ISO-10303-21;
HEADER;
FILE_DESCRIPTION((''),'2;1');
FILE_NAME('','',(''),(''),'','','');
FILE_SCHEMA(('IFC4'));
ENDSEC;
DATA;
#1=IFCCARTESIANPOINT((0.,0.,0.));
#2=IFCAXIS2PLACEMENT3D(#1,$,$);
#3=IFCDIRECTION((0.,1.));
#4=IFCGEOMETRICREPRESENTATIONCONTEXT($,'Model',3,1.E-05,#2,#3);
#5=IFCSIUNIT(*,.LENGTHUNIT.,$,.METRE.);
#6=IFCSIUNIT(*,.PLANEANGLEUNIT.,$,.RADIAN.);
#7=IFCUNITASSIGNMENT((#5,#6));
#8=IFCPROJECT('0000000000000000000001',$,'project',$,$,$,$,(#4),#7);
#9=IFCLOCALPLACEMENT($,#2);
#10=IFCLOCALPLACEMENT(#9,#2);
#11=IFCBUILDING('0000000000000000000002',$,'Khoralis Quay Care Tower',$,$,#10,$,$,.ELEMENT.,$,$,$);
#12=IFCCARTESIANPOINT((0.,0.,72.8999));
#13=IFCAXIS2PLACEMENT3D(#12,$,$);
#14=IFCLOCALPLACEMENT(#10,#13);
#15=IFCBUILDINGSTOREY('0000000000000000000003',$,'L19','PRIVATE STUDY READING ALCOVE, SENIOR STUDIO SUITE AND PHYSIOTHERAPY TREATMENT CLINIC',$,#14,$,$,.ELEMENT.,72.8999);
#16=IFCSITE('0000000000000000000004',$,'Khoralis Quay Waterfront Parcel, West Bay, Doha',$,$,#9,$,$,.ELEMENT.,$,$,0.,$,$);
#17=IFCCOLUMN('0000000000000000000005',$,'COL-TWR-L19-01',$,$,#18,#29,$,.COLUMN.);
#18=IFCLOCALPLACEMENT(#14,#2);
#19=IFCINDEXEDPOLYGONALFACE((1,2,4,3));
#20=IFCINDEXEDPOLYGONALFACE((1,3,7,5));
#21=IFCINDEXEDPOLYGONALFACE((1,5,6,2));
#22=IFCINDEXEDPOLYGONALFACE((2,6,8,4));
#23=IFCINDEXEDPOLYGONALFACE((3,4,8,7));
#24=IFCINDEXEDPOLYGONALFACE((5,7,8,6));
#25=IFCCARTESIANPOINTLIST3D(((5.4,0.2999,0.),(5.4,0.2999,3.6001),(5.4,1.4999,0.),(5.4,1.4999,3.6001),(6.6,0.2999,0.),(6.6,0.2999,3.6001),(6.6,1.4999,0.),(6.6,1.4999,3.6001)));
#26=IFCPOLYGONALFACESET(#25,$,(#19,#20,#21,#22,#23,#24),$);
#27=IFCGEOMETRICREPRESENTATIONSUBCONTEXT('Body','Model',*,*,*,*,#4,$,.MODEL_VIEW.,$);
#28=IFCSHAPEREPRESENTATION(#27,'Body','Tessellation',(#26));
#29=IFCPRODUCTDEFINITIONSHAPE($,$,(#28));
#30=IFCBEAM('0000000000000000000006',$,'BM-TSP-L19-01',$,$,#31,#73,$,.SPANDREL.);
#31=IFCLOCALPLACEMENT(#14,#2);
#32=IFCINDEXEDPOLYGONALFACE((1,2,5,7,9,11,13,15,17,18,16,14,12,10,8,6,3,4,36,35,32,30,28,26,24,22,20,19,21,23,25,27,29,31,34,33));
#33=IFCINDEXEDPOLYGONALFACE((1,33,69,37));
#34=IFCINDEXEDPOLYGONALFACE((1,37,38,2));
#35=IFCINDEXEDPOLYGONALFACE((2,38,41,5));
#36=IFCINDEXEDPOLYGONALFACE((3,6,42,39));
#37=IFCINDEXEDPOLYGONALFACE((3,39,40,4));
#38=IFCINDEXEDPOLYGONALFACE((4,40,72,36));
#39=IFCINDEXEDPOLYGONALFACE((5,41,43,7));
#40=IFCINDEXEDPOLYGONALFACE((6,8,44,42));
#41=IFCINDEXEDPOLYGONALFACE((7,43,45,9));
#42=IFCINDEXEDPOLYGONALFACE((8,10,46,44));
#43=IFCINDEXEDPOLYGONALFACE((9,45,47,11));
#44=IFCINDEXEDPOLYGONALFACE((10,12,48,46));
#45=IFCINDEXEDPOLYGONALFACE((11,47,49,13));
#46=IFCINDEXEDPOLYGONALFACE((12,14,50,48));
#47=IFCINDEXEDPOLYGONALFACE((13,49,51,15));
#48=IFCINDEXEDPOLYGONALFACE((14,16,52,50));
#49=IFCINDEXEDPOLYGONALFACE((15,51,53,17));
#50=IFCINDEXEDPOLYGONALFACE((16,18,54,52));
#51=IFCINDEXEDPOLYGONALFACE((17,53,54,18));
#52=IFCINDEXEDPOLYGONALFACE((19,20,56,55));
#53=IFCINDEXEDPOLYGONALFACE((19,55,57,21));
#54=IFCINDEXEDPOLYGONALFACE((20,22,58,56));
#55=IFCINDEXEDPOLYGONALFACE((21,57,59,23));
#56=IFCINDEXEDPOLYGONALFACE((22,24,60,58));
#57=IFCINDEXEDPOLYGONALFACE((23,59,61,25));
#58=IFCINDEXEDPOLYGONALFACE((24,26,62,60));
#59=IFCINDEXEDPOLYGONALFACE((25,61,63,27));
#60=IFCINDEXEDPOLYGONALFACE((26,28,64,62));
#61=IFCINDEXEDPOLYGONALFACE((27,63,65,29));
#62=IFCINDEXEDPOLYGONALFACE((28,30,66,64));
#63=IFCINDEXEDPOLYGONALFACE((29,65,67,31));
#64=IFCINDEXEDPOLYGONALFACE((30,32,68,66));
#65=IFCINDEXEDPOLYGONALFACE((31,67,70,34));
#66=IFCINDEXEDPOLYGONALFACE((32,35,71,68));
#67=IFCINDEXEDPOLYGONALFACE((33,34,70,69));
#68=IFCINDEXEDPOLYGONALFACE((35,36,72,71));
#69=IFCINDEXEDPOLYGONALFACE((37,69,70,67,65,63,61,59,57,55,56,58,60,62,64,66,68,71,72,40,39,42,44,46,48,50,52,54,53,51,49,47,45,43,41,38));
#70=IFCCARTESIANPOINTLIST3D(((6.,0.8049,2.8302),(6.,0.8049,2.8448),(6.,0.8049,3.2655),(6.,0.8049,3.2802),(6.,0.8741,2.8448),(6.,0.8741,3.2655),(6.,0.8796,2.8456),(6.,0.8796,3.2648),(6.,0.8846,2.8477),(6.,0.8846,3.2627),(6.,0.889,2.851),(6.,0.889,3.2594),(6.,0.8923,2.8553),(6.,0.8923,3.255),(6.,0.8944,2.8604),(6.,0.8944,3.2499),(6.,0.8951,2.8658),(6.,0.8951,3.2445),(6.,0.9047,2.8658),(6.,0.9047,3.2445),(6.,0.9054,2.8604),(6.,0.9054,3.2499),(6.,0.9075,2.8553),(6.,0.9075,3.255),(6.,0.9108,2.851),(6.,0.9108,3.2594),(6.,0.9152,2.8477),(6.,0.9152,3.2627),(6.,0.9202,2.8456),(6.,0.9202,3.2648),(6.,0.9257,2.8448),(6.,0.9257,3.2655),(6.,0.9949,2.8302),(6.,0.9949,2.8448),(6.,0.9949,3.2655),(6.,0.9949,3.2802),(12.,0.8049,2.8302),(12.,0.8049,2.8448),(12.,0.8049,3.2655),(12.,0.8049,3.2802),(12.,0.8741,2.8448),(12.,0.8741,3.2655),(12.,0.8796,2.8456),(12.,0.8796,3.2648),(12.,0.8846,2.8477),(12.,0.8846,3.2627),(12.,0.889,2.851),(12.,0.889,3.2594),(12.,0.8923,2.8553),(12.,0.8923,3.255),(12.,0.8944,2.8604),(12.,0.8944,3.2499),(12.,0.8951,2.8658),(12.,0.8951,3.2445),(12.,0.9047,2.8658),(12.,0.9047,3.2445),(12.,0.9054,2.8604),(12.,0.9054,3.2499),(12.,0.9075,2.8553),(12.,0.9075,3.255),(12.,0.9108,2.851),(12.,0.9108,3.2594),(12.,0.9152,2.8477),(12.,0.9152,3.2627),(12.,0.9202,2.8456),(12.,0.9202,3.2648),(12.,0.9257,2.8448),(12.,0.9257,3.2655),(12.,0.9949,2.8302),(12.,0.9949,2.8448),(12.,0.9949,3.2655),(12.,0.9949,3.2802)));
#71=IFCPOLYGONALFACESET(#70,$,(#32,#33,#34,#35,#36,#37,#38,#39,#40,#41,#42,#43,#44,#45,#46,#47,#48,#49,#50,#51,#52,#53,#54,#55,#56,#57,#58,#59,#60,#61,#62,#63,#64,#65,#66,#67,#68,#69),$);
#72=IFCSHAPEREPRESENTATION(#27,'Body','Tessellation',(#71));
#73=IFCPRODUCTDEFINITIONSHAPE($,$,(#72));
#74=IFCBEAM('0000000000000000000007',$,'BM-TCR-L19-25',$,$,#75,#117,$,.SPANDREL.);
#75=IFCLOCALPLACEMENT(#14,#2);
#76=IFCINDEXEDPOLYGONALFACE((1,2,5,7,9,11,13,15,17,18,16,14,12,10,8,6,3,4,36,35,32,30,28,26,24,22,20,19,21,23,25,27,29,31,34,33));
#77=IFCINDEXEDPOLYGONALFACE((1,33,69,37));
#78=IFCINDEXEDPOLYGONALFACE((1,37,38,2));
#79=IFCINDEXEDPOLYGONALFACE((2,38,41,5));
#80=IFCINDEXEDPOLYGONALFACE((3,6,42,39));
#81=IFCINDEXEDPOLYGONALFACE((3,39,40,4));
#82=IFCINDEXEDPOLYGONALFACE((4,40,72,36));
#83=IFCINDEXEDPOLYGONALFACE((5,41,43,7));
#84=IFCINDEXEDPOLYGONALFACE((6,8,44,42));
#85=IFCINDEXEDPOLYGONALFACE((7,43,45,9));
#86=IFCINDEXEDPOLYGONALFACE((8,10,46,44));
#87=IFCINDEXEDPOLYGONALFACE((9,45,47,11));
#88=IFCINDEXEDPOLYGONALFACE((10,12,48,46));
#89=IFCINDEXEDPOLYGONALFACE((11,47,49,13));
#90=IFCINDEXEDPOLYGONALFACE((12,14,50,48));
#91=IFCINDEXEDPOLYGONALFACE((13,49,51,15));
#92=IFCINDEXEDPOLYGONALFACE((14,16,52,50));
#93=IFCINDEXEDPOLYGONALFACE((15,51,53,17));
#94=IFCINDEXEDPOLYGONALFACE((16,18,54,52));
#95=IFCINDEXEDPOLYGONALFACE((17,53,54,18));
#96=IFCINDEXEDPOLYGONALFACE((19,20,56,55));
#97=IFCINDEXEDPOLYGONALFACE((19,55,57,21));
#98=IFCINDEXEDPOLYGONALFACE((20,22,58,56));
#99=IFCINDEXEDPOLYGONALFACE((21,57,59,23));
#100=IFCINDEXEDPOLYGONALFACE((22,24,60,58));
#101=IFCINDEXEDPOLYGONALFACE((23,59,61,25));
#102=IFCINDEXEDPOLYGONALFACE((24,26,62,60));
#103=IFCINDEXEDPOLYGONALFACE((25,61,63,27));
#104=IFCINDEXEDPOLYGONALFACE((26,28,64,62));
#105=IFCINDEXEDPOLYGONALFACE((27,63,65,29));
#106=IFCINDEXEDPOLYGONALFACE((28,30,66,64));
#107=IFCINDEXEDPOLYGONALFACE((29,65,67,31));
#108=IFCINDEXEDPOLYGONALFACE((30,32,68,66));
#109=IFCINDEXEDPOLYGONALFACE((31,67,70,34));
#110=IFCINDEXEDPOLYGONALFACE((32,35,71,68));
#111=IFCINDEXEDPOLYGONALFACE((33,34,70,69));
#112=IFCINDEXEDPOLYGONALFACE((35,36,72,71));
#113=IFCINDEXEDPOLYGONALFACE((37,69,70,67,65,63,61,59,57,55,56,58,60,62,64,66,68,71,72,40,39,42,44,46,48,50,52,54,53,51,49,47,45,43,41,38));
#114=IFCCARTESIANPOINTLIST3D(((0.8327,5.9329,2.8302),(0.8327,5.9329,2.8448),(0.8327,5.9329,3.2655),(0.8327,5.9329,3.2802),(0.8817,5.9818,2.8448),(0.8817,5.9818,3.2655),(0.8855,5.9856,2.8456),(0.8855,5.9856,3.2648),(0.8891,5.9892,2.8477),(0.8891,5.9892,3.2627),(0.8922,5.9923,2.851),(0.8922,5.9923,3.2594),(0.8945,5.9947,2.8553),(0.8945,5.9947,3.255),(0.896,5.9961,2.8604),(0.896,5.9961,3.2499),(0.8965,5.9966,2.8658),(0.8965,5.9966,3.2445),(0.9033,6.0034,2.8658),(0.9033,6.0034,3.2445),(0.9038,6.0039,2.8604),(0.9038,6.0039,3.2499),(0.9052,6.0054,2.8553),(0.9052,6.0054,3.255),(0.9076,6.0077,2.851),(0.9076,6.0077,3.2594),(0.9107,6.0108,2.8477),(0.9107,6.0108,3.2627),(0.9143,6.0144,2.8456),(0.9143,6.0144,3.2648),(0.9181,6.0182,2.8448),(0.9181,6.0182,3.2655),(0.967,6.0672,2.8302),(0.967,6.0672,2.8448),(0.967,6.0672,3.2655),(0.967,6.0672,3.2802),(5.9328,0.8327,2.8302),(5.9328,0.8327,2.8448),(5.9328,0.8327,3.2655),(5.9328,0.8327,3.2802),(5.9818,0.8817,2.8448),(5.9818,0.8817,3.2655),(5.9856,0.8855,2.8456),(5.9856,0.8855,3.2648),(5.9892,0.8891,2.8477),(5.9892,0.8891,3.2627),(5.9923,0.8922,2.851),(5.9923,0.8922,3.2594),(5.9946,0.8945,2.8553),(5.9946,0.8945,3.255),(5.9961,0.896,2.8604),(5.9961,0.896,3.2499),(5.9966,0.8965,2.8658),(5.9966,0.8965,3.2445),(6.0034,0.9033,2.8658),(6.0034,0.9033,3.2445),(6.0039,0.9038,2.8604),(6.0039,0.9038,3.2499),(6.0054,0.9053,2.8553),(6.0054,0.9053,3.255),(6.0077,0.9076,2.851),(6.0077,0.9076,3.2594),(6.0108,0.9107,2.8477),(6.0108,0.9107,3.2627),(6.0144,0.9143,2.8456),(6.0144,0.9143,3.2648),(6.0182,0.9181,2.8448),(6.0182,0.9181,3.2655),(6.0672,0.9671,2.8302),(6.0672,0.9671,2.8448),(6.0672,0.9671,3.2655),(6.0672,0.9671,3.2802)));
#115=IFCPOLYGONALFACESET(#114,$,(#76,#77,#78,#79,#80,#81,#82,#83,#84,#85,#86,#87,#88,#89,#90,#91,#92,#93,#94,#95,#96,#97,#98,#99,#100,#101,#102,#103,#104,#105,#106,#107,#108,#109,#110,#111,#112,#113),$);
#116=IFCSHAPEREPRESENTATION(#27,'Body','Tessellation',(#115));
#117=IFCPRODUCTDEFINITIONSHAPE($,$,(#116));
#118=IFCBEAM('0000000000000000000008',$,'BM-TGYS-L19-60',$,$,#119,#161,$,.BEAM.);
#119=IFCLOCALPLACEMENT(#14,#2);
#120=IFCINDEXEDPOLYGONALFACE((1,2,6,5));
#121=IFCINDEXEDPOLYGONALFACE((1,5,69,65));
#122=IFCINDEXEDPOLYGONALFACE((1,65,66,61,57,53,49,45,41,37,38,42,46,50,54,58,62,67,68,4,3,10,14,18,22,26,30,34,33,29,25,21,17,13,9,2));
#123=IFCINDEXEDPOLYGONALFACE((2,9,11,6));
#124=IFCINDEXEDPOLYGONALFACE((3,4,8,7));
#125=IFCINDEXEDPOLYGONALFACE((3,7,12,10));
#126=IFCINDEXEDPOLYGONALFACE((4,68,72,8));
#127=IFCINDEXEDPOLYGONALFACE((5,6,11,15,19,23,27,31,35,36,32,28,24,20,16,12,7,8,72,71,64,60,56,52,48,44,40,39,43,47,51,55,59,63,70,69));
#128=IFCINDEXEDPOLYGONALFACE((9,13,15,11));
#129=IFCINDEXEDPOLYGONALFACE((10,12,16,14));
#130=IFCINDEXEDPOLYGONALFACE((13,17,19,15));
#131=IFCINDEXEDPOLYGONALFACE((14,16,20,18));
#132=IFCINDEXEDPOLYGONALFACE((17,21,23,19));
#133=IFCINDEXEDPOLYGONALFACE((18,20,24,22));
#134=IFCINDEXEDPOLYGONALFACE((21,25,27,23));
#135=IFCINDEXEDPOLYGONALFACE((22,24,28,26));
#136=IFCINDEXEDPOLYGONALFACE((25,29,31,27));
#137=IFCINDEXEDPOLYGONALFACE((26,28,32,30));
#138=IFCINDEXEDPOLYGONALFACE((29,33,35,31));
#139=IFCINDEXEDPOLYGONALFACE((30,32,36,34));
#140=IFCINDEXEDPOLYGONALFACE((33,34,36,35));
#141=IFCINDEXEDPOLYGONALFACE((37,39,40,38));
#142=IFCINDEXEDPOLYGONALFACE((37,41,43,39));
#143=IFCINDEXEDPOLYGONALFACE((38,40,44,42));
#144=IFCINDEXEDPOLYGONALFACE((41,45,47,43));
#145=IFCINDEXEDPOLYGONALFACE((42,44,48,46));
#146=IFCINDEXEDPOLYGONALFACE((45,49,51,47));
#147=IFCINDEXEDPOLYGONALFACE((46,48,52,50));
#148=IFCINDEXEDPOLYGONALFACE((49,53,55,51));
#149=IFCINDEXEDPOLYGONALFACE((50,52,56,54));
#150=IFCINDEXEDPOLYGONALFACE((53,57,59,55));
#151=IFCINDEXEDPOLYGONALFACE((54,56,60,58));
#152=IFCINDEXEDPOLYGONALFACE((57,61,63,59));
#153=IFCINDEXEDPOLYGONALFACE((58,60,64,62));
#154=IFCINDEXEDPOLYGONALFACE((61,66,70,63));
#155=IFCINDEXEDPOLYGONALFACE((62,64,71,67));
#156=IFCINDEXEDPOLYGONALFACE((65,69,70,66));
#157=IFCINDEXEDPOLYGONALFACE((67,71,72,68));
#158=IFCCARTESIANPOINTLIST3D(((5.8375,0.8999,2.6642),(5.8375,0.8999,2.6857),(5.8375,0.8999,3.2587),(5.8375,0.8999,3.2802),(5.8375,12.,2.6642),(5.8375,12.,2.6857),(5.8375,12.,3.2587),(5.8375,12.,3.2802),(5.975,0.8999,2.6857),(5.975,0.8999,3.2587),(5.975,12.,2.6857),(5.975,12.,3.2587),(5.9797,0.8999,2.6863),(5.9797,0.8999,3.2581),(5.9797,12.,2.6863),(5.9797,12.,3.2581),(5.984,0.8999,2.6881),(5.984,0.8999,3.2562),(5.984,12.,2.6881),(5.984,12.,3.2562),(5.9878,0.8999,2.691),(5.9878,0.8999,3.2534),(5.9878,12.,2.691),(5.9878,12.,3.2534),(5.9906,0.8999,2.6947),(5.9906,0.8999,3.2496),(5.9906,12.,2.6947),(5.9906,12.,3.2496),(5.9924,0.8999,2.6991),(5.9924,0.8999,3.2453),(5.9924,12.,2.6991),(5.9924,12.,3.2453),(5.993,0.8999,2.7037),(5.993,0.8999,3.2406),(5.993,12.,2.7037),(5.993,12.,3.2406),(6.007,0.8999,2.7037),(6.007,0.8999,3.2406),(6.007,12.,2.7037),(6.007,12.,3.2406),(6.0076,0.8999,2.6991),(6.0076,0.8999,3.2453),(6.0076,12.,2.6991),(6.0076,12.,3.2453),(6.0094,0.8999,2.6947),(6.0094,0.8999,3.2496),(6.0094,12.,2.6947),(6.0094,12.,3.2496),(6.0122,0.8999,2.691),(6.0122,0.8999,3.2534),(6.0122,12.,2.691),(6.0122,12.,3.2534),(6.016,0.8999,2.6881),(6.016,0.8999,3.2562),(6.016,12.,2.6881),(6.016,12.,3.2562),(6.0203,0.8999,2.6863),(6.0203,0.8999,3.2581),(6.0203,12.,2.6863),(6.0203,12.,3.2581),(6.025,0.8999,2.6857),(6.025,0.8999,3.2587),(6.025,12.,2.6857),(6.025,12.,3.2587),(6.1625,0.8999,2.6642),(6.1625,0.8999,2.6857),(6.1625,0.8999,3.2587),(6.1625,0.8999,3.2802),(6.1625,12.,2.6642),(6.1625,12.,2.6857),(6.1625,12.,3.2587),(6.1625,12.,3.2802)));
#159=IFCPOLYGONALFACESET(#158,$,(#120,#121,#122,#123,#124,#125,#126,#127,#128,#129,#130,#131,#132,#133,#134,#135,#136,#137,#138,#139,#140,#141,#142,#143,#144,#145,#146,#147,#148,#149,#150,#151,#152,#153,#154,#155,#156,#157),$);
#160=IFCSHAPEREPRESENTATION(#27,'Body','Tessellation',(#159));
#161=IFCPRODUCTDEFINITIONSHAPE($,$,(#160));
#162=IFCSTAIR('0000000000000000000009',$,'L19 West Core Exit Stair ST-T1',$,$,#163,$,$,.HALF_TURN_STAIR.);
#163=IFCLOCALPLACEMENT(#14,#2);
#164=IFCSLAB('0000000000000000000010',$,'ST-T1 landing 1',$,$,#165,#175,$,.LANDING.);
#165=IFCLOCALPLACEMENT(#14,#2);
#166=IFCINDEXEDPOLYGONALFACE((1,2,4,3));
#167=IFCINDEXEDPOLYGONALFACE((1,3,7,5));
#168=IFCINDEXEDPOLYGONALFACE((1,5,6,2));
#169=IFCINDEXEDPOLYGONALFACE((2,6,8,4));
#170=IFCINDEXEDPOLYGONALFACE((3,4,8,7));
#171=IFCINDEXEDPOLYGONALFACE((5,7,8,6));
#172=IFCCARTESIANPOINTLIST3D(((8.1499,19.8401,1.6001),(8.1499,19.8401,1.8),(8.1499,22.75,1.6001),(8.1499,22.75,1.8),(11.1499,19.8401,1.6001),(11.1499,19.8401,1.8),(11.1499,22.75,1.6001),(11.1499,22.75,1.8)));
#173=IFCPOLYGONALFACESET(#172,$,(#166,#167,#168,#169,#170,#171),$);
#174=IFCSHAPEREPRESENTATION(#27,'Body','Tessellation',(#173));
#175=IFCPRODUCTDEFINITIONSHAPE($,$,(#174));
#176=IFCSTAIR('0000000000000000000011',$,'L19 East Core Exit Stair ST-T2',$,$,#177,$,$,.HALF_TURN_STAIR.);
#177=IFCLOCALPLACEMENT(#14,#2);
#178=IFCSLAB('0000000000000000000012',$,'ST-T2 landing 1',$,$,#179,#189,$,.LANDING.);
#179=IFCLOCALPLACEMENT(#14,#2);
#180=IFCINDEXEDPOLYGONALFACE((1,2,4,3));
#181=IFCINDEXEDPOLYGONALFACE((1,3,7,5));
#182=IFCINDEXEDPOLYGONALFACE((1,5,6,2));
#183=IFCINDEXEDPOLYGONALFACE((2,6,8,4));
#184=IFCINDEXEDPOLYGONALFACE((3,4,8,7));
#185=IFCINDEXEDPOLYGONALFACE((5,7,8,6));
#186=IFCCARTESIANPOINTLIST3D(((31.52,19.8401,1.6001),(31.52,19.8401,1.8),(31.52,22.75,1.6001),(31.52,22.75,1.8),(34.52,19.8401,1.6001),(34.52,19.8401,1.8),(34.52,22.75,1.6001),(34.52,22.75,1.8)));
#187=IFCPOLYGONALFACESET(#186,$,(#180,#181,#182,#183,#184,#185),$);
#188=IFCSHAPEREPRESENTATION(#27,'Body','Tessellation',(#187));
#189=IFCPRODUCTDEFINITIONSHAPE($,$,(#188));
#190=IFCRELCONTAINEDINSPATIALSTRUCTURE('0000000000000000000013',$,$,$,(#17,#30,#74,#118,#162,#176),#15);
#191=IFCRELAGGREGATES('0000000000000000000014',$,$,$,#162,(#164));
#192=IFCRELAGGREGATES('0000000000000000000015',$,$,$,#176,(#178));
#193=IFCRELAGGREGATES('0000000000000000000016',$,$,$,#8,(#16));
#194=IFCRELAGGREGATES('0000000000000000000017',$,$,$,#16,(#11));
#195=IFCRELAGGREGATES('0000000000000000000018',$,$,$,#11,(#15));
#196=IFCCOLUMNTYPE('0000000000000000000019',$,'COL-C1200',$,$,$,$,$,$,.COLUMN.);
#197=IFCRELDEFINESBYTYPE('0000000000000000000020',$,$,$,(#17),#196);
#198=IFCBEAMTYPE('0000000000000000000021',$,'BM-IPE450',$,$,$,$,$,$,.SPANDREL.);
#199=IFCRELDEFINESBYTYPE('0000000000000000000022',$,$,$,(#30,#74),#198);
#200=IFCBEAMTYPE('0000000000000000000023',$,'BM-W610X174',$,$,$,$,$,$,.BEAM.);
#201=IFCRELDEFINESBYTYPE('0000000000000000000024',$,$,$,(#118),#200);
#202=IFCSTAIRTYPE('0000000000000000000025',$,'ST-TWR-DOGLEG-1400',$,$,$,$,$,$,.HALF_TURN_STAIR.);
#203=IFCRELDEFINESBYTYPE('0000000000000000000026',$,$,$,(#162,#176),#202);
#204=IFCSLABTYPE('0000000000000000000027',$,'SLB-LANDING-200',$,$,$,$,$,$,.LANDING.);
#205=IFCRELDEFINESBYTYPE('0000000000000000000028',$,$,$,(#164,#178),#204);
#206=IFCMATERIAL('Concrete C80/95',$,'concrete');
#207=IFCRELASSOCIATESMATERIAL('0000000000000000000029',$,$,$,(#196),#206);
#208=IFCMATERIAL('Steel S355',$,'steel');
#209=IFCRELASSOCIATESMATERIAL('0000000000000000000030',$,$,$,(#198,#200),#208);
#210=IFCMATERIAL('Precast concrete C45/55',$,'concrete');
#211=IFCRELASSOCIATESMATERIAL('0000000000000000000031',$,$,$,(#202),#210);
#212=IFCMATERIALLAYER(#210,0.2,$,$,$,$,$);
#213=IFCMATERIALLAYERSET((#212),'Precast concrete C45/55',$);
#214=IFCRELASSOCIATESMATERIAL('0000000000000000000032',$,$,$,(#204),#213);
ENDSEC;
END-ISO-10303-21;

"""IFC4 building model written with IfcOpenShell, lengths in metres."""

from ifc_helpers import new_model, si_unit, direction, frame, origin, origin_2d, place, context, subcontext, project, spatial, polyline, rectangle, i_section, outline, extrude, source, transform, mapped, material, layer, layer_set, material_profile, profile_set, type_object, element, aggregate, save


model = new_model("IFC4")

# Units and contexts
model_context = context("Model", 3, precision=1e-05, world=origin(), true_north=direction((0.0, 1.0)))
body_context = subcontext(model_context, "Body", "Model", "MODEL_VIEW")
ifc_project = project(units=[si_unit("LENGTHUNIT", "METRE"), si_unit("PLANEANGLEUNIT", "RADIAN")], contexts=[model_context])

# Site, building, storey
site_placement = place(None, origin())
site = spatial("IfcSite", under=ifc_project, at=site_placement, Name="Khoralis Quay Waterfront Parcel, West Bay, Doha", CompositionType="ELEMENT", RefElevation=0.0)
building_placement = place(site_placement, origin())
building = spatial("IfcBuilding", under=site, at=building_placement, Name="Khoralis Quay Care Tower", CompositionType="ELEMENT")
storey_placement = place(building_placement, frame((0.0, 0.0, 72.8999)))
storey = spatial("IfcBuildingStorey", under=building, at=storey_placement, Name="L19", Description="PRIVATE STUDY READING ALCOVE, SENIOR STUDIO SUITE AND PHYSIOTHERAPY TREATMENT CLINIC", CompositionType="ELEMENT", Elevation=72.8999)

# Column
ifc_material_1 = material(Name="Concrete C80/95", Category="concrete")
ifc_material_profile_1 = material_profile(ifc_material_1, rectangle(XDim=1.2, YDim=1.2, at=origin_2d()), Name="Concrete C80/95")
ifc_profile_set_1 = profile_set([ifc_material_profile_1], Name="Concrete C80/95")
column_type = type_object("IfcColumnType", Name="COL-C1200", PredefinedType="COLUMN", material=ifc_profile_set_1)
shared_shape_1 = source(origin(), body_context, "Body", "SweptSolid", [
    extrude(rectangle(XDim=1.2, YDim=1.2, at=origin_2d()), origin(), (0.0, 0.0, 1.0), 3.6001),
])
column_placement = place(storey_placement, frame((6.0, 0.8999, 0.0), z_axis=(0.0, 0.0, 1.0), x_axis=(1.0, 0.0, 0.0)))
element("IfcColumn", 1, at=column_placement, inside=storey, type_object=column_type, Name="COL-TWR-L19-01", PredefinedType="COLUMN", context=body_context, shape_type="MappedRepresentation", body=[
    mapped(shared_shape_1, transform((0.0, 0.0, 0.0), scale=1.0)),
])

# Beams
ifc_material_2 = material(Name="Steel S355", Category="steel")
ifc_material_profile_2 = material_profile(ifc_material_2, i_section(OverallWidth=0.1899, OverallDepth=0.45, WebThickness=0.0095, FlangeThickness=0.0146, FilletRadius=0.021, at=origin_2d()), Name="Steel S355")
ifc_profile_set_2 = profile_set([ifc_material_profile_2], Name="Steel S355")
beam_type_1 = type_object("IfcBeamType", Name="BM-IPE450", PredefinedType="SPANDREL", material=ifc_profile_set_2)
shared_shape_2 = source(origin(), body_context, "Body", "SweptSolid", [
    extrude(i_section(OverallWidth=0.1899, OverallDepth=0.45, WebThickness=0.0095, FlangeThickness=0.0146, FilletRadius=0.021, at=origin_2d()), origin(), (0.0, 0.0, 1.0), 6.0),
])
beam_1_placement = place(storey_placement, frame((6.0, 0.8999, 3.0552), z_axis=(1.0, 0.0, 0.0), x_axis=(0.0, 1.0, 0.0)))
element("IfcBeam", 2, at=beam_1_placement, inside=storey, type_object=beam_type_1, Name="BM-TSP-L19-01", PredefinedType="SPANDREL", context=body_context, shape_type="MappedRepresentation", body=[
    mapped(shared_shape_2, transform((0.0, 0.0, 0.0), scale=1.0)),
])
shared_shape_3 = source(origin(), body_context, "Body", "SweptSolid", [
    extrude(i_section(OverallWidth=0.1899, OverallDepth=0.45, WebThickness=0.0095, FlangeThickness=0.0146, FilletRadius=0.021, at=origin_2d()), origin(), (0.0, 0.0, 1.0), 7.2126),
])
beam_2_placement = place(storey_placement, frame((6.0, 0.8999, 3.0552), z_axis=(-0.707107, 0.707107, 0.0), x_axis=(-0.707107, -0.707107, 0.0)))
element("IfcBeam", 3, at=beam_2_placement, inside=storey, type_object=beam_type_1, Name="BM-TCR-L19-25", PredefinedType="SPANDREL", context=body_context, shape_type="MappedRepresentation", body=[
    mapped(shared_shape_3, transform((0.0, 0.0, 0.0), scale=1.0)),
])
ifc_material_profile_3 = material_profile(ifc_material_2, i_section(OverallWidth=0.325, OverallDepth=0.616, WebThickness=0.0139, FlangeThickness=0.0215, FilletRadius=0.0181, at=origin_2d()), Name="Steel S355")
ifc_profile_set_3 = profile_set([ifc_material_profile_3], Name="Steel S355")
beam_type_2 = type_object("IfcBeamType", Name="BM-W610X174", PredefinedType="BEAM", material=ifc_profile_set_3)
shared_shape_4 = source(origin(), body_context, "Body", "SweptSolid", [
    extrude(i_section(OverallWidth=0.325, OverallDepth=0.616, WebThickness=0.0139, FlangeThickness=0.0215, FilletRadius=0.0181, at=origin_2d()), origin(), (0.0, 0.0, 1.0), 11.1001),
])
beam_3_placement = place(storey_placement, frame((6.0, 0.8999, 2.9722), z_axis=(0.0, 1.0, 0.0), x_axis=(-1.0, 0.0, 0.0)))
element("IfcBeam", 4, at=beam_3_placement, inside=storey, type_object=beam_type_2, Name="BM-TGYS-L19-60", PredefinedType="BEAM", context=body_context, shape_type="MappedRepresentation", body=[
    mapped(shared_shape_4, transform((0.0, 0.0, 0.0), scale=1.0)),
])

# Stairs, slabs
ifc_material_3 = material(Name="Precast concrete C45/55", Category="concrete")
stair_type = type_object("IfcStairType", Name="ST-TWR-DOGLEG-1400", PredefinedType="HALF_TURN_STAIR", material=ifc_material_3)
stair_1_placement = place(storey_placement, origin())
stair_1 = element("IfcStair", 5, at=stair_1_placement, inside=storey, type_object=stair_type, Name="L19 West Core Exit Stair ST-T1", PredefinedType="HALF_TURN_STAIR")
ifc_layer_1 = layer(ifc_material_3, 0.2)
ifc_layer_set_1 = layer_set([ifc_layer_1], Name="Precast concrete C45/55")
slab_type_1 = type_object("IfcSlabType", Name="SLB-LANDING-200", PredefinedType="LANDING", material=ifc_layer_set_1)
slab_1_placement = place(storey_placement, frame((0.0, 0.0, 1.6001)))
slab_1 = element("IfcSlab", 6, at=slab_1_placement, type_object=slab_type_1, Name="ST-T1 landing 1", PredefinedType="LANDING", context=body_context, shape_type="SweptSolid", body=[
    extrude(outline(polyline([(11.1499, 19.8401), (11.1499, 22.75), (8.1499, 22.75), (8.1499, 19.8401), (11.1499, 19.8401)])), origin(), (0.0, 0.0, 1.0), 0.2),
])
aggregate(stair_1, [slab_1])
stair_2_placement = place(storey_placement, origin())
stair_2 = element("IfcStair", 7, at=stair_2_placement, inside=storey, type_object=stair_type, Name="L19 East Core Exit Stair ST-T2", PredefinedType="HALF_TURN_STAIR")
slab_2_placement = place(storey_placement, frame((0.0, 0.0, 1.6001)))
slab_2 = element("IfcSlab", 8, at=slab_2_placement, type_object=slab_type_1, Name="ST-T2 landing 1", PredefinedType="LANDING", context=body_context, shape_type="SweptSolid", body=[
    extrude(outline(polyline([(34.52, 19.8401), (34.52, 22.75), (31.52, 22.75), (31.52, 19.8401), (34.52, 19.8401)])), origin(), (0.0, 0.0, 1.0), 0.2),
])
aggregate(stair_2, [slab_2])

save(model, "model.ifc")
